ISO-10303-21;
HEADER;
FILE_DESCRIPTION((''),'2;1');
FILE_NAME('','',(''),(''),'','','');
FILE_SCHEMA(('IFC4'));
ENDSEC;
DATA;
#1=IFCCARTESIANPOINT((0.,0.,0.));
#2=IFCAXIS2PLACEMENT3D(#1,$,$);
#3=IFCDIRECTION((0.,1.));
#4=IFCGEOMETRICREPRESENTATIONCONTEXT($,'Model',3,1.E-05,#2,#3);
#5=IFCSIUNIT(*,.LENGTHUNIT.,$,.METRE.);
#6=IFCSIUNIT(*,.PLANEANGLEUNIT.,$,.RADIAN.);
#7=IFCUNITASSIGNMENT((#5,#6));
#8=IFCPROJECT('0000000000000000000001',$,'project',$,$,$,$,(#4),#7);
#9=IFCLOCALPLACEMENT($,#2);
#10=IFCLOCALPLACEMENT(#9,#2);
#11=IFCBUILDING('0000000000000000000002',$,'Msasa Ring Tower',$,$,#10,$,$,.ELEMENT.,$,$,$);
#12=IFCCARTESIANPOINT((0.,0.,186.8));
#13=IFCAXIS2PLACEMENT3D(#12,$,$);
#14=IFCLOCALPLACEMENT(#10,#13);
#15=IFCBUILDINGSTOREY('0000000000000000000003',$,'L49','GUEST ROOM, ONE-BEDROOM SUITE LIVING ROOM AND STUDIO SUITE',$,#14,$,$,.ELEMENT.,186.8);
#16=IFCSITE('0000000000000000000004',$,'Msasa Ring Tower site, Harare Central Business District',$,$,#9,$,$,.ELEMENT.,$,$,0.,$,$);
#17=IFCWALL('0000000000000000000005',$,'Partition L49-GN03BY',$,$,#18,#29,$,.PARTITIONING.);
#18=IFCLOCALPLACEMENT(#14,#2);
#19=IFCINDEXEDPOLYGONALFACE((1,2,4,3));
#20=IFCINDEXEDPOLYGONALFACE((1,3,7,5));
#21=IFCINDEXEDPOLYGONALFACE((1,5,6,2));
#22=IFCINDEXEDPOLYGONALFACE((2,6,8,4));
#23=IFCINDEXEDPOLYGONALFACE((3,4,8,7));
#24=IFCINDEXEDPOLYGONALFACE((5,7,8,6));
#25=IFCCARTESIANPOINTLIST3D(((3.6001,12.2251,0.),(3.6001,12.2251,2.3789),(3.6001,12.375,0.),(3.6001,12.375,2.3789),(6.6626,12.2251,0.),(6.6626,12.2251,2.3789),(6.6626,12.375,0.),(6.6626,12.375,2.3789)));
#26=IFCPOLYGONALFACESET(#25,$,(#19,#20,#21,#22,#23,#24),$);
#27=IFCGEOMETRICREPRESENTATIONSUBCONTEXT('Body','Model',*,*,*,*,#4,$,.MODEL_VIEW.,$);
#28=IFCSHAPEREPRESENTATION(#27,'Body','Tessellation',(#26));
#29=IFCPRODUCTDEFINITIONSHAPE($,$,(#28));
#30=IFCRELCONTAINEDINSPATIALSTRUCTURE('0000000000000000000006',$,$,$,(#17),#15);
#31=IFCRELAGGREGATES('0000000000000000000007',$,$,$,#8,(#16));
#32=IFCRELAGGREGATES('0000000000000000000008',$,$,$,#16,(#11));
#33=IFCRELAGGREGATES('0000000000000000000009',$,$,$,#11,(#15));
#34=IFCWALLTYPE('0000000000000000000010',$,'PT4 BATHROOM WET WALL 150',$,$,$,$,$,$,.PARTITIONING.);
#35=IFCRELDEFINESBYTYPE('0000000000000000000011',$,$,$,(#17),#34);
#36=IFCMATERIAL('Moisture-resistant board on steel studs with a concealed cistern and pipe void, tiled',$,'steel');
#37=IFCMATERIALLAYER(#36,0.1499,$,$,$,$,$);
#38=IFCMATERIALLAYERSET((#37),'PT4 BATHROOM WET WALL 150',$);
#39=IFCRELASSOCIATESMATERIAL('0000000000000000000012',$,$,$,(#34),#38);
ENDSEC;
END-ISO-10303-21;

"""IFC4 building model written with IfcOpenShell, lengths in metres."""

from ifc_helpers import new_model, si_unit, direction, frame, frame_2d, origin, place, context, subcontext, project, spatial, rectangle, extrude, material, layer, layer_set, type_object, element, save


model = new_model("IFC4")

# Units and contexts
model_context = context("Model", 3, precision=1e-05, world=origin(), true_north=direction((0.0, 1.0)))
body_context = subcontext(model_context, "Body", "Model", "MODEL_VIEW")
ifc_project = project(units=[si_unit("LENGTHUNIT", "METRE"), si_unit("PLANEANGLEUNIT", "RADIAN")], contexts=[model_context])

# Site, building, storey
site_placement = place(None, origin())
site = spatial("IfcSite", under=ifc_project, at=site_placement, Name="Msasa Ring Tower site, Harare Central Business District", CompositionType="ELEMENT", RefElevation=0.0)
building_placement = place(site_placement, origin())
building = spatial("IfcBuilding", under=site, at=building_placement, Name="Msasa Ring Tower", CompositionType="ELEMENT")
storey_placement = place(building_placement, frame((0.0, 0.0, 186.8)))
storey = spatial("IfcBuildingStorey", under=building, at=storey_placement, Name="L49", Description="GUEST ROOM, ONE-BEDROOM SUITE LIVING ROOM AND STUDIO SUITE", CompositionType="ELEMENT", Elevation=186.8)

# Wall
ifc_material_1 = material(Name="Moisture-resistant board on steel studs with a concealed cistern and pipe void, tiled", Category="steel")
ifc_layer_1 = layer(ifc_material_1, 0.1499)
ifc_layer_set_1 = layer_set([ifc_layer_1], Name="PT4 BATHROOM WET WALL 150")
wall_type_1 = type_object("IfcWallType", Name="PT4 BATHROOM WET WALL 150", PredefinedType="PARTITIONING", material=ifc_layer_set_1)
wall_1_placement = place(storey_placement, frame((3.6001, 12.3, 0.0), z_axis=(0.0, 0.0, 1.0), x_axis=(1.0, 0.0, 0.0)))
element("IfcWall", 1, at=wall_1_placement, inside=storey, type_object=wall_type_1, Name="Partition L49-GN03BY", PredefinedType="PARTITIONING", context=body_context, shape_type="SweptSolid", body=[
    extrude(rectangle(XDim=3.0625, YDim=0.1499, at=frame_2d((1.5312, 0.0))), origin(), (0.0, 0.0, 1.0), 2.3789),
])

save(model, "model.ifc")
